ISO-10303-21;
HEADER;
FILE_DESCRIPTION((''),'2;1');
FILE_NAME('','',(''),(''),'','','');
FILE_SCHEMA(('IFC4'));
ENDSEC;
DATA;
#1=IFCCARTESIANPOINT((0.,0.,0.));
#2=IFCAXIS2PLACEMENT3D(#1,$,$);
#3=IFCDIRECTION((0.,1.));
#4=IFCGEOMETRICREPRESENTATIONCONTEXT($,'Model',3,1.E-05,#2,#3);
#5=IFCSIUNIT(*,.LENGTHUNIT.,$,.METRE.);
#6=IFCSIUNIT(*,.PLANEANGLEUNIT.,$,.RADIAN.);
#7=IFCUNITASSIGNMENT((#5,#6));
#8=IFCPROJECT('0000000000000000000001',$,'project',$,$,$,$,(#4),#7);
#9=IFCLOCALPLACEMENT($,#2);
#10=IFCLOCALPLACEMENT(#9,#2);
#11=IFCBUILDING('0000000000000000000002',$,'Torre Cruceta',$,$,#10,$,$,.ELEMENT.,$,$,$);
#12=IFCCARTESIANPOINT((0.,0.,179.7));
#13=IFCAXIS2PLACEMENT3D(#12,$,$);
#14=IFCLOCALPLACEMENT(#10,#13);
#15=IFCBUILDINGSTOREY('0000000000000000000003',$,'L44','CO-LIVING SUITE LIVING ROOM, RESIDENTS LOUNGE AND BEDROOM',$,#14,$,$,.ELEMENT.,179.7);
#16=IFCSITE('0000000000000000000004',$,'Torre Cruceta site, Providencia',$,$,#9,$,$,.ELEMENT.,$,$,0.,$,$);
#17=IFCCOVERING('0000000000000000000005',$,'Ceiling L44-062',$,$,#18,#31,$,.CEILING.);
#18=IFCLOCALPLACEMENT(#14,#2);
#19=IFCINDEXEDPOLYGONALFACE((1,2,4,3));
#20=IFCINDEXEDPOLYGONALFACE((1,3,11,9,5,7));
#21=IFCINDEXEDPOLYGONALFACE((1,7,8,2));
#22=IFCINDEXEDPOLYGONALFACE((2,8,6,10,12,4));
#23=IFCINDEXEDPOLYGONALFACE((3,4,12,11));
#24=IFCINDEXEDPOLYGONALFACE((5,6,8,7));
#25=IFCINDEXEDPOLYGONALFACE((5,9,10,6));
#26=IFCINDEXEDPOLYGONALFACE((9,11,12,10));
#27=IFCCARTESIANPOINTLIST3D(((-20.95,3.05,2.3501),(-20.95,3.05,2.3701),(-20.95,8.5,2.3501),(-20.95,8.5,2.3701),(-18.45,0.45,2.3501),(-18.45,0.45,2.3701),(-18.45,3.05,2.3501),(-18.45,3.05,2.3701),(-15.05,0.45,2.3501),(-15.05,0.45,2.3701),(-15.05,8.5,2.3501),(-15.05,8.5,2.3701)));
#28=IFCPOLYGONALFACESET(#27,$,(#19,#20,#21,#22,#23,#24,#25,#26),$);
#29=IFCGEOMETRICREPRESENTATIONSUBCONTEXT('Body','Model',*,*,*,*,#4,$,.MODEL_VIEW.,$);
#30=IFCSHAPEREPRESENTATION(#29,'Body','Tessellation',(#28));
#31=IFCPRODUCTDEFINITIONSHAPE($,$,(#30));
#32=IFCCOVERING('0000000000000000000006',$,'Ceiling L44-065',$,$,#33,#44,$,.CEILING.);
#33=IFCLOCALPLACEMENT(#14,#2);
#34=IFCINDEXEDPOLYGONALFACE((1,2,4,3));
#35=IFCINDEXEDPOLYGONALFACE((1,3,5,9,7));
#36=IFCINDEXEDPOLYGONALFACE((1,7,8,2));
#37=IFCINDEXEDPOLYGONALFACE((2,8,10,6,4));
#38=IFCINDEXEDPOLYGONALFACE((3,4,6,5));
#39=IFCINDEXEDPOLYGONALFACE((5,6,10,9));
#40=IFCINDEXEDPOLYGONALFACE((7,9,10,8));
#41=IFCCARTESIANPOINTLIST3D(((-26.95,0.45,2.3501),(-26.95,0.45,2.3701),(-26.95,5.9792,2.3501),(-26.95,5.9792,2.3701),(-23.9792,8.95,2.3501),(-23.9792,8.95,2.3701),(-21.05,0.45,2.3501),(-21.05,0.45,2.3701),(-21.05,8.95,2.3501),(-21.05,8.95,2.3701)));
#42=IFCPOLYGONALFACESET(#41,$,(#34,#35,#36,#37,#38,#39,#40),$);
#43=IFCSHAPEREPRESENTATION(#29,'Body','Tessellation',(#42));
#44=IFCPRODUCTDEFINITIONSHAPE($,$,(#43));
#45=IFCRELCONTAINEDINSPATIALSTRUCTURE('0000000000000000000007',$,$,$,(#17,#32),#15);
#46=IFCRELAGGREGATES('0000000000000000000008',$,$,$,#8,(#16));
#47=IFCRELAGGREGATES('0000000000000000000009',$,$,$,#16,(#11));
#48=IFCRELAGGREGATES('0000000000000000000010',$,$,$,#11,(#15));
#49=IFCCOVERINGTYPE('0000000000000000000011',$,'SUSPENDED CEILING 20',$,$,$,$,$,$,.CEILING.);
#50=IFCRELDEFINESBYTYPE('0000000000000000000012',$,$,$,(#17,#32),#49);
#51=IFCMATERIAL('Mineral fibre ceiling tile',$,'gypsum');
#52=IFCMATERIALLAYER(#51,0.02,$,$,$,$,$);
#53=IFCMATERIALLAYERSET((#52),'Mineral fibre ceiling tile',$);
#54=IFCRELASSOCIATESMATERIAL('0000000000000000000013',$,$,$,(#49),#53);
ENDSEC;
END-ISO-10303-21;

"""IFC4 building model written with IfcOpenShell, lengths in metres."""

from ifc_helpers import new_model, si_unit, direction, frame, origin, place, context, subcontext, project, spatial, polyline, outline, extrude, material, layer, layer_set, type_object, element, save


model = new_model("IFC4")

# Units and contexts
model_context = context("Model", 3, precision=1e-05, world=origin(), true_north=direction((0.0, 1.0)))
body_context = subcontext(model_context, "Body", "Model", "MODEL_VIEW")
ifc_project = project(units=[si_unit("LENGTHUNIT", "METRE"), si_unit("PLANEANGLEUNIT", "RADIAN")], contexts=[model_context])

# Site, building, storey
site_placement = place(None, origin())
site = spatial("IfcSite", under=ifc_project, at=site_placement, Name="Torre Cruceta site, Providencia", CompositionType="ELEMENT", RefElevation=0.0)
building_placement = place(site_placement, origin())
building = spatial("IfcBuilding", under=site, at=building_placement, Name="Torre Cruceta", CompositionType="ELEMENT")
storey_placement = place(building_placement, frame((0.0, 0.0, 179.7)))
storey = spatial("IfcBuildingStorey", under=building, at=storey_placement, Name="L44", Description="CO-LIVING SUITE LIVING ROOM, RESIDENTS LOUNGE AND BEDROOM", CompositionType="ELEMENT", Elevation=179.7)

# Coverings
ifc_material_1 = material(Name="Mineral fibre ceiling tile", Category="gypsum")
ifc_layer_1 = layer(ifc_material_1, 0.02)
ifc_layer_set_1 = layer_set([ifc_layer_1], Name="Mineral fibre ceiling tile")
covering_type = type_object("IfcCoveringType", Name="SUSPENDED CEILING 20", PredefinedType="CEILING", material=ifc_layer_set_1)
covering_1_placement = place(storey_placement, frame((0.0, 0.0, 2.3501)))
element("IfcCovering", 1, at=covering_1_placement, inside=storey, type_object=covering_type, Name="Ceiling L44-062", PredefinedType="CEILING", context=body_context, shape_type="SweptSolid", body=[
    extrude(outline(polyline([(-20.95, 8.5), (-15.05, 8.5), (-15.05, 0.45), (-18.45, 0.45), (-18.45, 3.05), (-20.95, 3.05), (-20.95, 8.5)])), origin(), (0.0, 0.0, 1.0), 0.02),
])
covering_2_placement = place(storey_placement, frame((0.0, 0.0, 2.3501)))
element("IfcCovering", 2, at=covering_2_placement, inside=storey, type_object=covering_type, Name="Ceiling L44-065", PredefinedType="CEILING", context=body_context, shape_type="SweptSolid", body=[
    extrude(outline(polyline([(-23.9792, 8.95), (-21.05, 8.95), (-21.05, 0.45), (-26.95, 0.45), (-26.95, 5.9792), (-23.9792, 8.95)])), origin(), (0.0, 0.0, 1.0), 0.02),
])

save(model, "model.ifc")
